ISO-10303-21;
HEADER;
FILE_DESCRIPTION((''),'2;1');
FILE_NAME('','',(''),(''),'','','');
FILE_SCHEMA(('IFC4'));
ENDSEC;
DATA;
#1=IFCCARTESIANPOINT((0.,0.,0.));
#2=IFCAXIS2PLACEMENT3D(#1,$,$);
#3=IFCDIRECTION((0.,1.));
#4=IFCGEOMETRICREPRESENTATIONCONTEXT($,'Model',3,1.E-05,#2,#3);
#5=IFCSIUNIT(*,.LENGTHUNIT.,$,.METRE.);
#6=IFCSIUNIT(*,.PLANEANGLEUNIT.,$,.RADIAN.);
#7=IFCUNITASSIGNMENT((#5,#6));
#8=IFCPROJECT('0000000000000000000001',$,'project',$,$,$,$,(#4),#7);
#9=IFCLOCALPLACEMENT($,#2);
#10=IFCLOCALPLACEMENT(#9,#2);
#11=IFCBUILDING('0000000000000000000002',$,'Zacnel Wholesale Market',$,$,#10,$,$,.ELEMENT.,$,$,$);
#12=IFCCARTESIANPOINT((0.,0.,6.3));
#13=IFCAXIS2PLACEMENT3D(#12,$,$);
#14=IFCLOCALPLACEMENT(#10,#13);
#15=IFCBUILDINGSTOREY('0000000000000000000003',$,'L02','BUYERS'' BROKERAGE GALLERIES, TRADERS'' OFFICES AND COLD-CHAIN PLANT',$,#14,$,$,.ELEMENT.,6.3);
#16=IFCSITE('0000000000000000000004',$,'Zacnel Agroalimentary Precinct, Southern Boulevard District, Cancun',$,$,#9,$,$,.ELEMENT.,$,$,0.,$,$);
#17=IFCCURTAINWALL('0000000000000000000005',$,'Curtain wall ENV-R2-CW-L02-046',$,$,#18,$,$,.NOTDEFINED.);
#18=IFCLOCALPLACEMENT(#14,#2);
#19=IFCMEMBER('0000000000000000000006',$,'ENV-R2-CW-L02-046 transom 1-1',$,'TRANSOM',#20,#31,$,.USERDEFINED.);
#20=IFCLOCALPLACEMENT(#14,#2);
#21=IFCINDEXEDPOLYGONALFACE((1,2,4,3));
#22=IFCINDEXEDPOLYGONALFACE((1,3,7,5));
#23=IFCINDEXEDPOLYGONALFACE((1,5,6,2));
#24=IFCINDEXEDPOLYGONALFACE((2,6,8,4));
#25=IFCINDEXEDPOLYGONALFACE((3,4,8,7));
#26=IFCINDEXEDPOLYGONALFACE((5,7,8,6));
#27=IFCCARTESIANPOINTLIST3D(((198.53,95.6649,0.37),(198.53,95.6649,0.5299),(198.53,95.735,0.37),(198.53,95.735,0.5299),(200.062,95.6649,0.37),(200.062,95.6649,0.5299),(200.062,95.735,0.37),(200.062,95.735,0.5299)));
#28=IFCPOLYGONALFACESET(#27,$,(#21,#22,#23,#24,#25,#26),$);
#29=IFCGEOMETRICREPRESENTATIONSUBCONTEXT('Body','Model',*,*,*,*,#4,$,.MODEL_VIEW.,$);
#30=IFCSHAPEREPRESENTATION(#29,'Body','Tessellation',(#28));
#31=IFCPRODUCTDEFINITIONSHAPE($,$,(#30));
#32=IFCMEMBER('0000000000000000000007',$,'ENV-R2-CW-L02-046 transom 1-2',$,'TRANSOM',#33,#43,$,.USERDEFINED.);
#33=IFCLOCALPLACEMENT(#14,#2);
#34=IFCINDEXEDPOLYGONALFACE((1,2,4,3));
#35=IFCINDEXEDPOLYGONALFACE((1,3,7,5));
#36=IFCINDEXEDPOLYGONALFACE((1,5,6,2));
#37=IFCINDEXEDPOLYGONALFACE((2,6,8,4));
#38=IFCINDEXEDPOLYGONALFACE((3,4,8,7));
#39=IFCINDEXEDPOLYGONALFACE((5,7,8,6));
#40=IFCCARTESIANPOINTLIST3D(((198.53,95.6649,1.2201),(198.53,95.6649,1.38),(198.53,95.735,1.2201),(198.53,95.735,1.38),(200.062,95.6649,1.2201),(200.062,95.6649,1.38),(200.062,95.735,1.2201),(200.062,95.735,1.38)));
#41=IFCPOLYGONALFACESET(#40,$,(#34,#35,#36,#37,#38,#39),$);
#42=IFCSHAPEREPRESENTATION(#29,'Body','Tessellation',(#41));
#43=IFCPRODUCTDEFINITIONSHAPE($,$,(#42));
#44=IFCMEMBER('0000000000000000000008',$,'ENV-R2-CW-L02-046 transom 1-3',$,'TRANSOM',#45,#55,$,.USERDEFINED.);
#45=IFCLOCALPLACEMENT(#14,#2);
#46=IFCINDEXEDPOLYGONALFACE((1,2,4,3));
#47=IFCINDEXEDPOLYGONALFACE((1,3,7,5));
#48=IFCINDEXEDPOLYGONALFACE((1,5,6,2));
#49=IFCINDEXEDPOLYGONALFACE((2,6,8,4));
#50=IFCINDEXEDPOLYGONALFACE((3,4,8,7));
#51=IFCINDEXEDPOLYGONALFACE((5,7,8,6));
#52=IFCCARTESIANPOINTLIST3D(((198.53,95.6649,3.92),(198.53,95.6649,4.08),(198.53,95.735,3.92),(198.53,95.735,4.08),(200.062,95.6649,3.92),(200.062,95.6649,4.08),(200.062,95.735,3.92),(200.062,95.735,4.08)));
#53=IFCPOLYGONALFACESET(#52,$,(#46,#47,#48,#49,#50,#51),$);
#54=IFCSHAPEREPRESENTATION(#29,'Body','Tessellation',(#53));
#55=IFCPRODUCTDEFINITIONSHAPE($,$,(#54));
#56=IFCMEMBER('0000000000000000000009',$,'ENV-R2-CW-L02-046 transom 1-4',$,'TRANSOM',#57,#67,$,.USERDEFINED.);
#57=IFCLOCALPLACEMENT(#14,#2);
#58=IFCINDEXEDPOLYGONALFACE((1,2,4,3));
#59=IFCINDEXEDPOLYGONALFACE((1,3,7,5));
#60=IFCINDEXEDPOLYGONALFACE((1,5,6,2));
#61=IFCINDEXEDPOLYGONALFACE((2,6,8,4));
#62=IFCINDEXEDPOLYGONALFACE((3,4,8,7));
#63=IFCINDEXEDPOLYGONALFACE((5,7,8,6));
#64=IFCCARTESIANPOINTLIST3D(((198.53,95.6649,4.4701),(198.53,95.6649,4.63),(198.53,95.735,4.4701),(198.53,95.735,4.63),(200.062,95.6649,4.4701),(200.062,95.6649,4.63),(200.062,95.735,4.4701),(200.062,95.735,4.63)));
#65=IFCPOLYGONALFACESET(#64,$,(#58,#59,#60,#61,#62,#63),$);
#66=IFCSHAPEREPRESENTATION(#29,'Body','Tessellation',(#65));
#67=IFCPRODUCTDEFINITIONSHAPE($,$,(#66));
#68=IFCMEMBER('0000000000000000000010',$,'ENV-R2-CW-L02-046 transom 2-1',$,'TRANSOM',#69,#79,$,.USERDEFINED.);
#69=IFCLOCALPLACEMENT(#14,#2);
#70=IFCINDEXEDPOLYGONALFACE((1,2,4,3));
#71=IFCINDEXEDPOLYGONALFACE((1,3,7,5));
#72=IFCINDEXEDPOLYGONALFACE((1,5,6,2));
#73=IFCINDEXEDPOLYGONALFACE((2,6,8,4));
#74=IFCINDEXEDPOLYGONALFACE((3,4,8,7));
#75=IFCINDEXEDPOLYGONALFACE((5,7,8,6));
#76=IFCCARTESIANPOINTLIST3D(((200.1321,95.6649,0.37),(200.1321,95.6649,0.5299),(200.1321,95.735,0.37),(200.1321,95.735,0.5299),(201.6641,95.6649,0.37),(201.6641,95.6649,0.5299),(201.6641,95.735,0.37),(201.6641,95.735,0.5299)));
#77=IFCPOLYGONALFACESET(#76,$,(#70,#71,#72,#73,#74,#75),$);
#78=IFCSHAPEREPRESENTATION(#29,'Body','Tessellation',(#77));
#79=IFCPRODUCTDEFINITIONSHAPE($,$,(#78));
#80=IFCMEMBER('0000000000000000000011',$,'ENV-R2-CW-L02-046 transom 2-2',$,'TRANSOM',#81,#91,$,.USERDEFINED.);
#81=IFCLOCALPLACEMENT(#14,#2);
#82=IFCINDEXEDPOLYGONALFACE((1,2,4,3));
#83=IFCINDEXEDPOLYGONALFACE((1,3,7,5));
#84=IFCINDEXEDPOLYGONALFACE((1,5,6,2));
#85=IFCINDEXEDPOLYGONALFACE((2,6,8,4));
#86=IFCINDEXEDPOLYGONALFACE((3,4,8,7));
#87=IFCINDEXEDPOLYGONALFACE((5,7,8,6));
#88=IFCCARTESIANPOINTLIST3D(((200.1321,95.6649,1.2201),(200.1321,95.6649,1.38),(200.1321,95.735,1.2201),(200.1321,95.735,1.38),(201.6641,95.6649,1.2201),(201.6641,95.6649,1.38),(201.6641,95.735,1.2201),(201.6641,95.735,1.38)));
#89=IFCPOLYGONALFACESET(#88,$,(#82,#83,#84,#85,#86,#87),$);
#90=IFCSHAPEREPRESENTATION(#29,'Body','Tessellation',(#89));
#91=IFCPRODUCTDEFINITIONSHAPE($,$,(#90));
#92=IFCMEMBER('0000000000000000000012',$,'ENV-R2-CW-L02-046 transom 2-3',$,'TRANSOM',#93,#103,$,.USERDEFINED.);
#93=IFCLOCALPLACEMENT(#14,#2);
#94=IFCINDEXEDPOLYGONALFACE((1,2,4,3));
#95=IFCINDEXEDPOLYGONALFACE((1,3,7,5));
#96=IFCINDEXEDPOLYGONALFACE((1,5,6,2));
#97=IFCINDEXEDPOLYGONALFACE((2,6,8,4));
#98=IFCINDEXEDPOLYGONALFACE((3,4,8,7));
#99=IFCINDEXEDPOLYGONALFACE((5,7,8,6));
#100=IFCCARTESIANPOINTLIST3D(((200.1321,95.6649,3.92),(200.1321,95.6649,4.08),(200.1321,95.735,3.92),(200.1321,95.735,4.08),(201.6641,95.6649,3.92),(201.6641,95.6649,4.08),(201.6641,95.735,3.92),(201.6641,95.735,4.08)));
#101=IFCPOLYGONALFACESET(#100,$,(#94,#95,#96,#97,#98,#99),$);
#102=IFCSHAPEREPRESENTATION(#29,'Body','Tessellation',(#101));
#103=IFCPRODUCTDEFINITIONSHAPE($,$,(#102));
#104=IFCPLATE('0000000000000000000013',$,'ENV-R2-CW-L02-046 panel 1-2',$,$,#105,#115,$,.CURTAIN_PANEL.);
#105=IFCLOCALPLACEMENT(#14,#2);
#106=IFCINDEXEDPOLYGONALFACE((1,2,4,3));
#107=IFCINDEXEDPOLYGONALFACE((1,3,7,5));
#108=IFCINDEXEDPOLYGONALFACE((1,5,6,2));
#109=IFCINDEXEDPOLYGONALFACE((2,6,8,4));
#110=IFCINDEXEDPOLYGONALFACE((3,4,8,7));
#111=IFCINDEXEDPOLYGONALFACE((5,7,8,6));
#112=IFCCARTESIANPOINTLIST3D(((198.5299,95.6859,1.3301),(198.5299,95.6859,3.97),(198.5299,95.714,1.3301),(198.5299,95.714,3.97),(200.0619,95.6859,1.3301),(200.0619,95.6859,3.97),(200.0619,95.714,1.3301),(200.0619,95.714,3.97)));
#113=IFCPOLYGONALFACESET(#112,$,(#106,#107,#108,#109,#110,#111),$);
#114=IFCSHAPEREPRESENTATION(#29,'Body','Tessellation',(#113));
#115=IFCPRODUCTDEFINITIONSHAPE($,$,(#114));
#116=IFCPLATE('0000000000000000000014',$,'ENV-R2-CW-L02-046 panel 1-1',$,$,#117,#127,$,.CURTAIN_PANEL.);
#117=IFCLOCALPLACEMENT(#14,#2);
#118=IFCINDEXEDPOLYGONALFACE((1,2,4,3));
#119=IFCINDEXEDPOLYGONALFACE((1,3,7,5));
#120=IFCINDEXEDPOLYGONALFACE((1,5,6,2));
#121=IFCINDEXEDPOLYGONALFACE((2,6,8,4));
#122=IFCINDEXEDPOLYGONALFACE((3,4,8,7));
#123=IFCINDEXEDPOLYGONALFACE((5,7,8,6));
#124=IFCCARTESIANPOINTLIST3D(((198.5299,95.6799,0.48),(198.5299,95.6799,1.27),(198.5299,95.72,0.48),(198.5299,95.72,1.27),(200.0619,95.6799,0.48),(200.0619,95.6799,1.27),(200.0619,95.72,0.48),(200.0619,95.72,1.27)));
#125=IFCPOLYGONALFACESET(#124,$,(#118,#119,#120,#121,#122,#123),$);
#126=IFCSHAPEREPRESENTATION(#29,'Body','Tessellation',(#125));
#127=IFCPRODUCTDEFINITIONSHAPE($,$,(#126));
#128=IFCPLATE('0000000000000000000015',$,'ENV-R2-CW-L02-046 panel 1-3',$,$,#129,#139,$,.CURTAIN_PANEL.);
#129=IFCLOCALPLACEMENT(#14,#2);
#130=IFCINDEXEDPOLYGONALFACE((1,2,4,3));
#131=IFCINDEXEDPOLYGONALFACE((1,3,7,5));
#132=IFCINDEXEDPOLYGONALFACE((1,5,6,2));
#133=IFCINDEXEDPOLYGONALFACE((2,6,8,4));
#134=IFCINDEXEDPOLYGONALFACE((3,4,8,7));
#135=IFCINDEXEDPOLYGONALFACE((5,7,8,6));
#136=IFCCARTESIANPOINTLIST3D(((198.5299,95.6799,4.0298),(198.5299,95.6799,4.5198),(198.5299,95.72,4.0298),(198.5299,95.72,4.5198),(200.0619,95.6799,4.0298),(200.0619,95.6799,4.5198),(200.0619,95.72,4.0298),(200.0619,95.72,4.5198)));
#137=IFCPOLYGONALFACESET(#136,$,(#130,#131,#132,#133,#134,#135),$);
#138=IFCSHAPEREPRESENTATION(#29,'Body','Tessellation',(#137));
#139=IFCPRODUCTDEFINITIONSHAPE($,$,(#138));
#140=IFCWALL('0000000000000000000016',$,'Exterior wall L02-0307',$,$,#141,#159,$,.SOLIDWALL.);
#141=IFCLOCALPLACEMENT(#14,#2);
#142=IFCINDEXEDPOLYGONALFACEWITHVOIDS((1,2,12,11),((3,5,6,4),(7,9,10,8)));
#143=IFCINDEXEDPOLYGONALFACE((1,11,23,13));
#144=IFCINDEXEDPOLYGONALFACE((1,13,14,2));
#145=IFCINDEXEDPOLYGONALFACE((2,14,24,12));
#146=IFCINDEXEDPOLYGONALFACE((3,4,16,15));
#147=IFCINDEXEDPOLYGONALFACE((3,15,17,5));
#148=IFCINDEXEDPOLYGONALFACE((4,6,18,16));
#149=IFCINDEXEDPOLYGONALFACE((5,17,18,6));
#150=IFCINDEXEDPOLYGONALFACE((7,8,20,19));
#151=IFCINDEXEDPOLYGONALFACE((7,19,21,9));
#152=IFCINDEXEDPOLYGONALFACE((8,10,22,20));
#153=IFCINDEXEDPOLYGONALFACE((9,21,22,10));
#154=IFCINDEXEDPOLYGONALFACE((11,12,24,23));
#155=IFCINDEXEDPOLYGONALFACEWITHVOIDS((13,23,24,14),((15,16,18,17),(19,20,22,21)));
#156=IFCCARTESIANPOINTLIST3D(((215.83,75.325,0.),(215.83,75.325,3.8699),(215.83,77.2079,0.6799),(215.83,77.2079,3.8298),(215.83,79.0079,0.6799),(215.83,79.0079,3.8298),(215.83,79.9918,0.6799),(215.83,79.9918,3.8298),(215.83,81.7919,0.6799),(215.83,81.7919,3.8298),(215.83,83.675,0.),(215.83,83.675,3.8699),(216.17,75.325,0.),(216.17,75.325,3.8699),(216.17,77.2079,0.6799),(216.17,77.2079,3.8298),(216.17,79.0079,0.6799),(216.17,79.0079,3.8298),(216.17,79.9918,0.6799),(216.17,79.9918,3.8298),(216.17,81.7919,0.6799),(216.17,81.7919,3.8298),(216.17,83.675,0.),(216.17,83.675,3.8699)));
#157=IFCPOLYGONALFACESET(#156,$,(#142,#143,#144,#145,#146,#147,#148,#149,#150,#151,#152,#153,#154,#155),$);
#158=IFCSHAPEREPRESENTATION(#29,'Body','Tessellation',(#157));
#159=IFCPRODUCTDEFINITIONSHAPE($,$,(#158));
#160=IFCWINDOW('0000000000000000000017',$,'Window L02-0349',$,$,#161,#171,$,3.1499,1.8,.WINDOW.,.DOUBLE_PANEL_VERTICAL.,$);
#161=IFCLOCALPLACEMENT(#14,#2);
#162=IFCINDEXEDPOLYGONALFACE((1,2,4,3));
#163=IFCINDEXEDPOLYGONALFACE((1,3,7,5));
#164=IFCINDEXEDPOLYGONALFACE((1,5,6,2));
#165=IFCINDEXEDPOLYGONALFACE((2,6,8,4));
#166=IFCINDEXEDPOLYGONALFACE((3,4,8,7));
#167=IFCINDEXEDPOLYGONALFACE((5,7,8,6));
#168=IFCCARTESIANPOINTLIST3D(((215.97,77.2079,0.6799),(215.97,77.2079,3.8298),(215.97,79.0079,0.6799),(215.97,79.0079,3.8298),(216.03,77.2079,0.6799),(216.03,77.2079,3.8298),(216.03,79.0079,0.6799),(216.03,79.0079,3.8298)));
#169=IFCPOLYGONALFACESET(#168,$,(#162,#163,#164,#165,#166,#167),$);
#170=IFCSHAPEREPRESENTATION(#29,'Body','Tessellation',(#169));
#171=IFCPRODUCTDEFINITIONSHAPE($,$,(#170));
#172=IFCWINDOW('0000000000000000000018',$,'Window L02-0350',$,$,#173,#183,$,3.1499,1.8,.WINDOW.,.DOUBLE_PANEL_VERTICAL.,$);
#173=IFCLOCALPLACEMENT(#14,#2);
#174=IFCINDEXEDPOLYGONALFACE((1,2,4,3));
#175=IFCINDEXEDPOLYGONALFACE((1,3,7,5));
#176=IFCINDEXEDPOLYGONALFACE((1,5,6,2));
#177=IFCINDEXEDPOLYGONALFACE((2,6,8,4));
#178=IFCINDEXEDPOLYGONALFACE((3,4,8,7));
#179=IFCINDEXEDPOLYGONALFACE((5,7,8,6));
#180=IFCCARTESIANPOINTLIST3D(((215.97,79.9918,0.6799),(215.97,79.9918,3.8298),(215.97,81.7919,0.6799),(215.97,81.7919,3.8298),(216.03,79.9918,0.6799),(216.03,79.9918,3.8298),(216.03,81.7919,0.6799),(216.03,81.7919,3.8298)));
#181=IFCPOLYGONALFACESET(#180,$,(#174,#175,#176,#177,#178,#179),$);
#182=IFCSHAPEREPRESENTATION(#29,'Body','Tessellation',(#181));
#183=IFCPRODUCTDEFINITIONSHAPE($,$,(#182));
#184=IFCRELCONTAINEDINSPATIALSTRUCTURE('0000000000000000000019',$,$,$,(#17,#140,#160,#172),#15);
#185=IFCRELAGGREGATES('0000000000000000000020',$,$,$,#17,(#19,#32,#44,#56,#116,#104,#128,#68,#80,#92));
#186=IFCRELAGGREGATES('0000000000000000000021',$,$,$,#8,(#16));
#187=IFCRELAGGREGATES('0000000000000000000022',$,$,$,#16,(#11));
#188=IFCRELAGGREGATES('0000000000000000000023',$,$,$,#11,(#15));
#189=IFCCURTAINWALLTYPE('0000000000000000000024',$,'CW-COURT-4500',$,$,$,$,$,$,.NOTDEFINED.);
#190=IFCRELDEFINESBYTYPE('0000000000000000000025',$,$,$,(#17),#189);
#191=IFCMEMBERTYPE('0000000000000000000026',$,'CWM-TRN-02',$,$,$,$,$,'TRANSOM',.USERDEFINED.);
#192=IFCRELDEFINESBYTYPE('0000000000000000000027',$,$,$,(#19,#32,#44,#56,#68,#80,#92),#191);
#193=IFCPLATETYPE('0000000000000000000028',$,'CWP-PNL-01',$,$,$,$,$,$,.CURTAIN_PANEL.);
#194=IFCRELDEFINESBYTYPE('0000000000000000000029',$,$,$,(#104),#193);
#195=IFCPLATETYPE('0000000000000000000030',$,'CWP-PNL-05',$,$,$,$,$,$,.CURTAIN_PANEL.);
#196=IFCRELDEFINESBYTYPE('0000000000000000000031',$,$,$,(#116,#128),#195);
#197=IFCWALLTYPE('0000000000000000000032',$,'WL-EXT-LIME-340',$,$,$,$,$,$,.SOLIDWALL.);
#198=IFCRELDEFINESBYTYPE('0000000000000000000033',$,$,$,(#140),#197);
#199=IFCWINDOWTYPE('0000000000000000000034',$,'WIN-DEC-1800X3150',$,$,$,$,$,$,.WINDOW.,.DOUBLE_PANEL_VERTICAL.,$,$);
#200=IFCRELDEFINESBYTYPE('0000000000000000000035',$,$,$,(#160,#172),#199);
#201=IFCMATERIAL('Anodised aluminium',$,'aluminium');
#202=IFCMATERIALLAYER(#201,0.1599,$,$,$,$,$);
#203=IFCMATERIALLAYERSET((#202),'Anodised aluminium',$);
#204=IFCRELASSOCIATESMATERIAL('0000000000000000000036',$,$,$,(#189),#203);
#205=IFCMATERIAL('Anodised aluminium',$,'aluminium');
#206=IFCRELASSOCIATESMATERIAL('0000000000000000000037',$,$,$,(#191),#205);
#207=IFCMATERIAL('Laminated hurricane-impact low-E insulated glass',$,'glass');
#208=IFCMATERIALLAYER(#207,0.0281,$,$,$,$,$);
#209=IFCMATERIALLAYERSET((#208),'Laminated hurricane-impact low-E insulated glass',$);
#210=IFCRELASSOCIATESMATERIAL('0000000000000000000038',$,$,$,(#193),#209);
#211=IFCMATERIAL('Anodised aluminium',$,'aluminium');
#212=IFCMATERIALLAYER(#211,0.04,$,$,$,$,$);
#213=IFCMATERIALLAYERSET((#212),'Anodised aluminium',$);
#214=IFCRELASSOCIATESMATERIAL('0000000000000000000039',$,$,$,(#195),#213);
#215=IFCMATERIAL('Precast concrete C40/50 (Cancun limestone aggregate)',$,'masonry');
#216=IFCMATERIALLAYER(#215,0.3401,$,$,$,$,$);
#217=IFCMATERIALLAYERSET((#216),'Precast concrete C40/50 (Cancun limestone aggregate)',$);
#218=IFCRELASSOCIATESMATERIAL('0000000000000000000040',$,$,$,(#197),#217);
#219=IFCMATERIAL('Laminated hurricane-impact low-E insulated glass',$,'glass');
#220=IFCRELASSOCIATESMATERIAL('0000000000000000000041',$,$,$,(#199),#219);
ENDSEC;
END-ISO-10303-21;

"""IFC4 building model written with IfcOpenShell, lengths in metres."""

from ifc_helpers import new_model, si_unit, direction, frame, frame_2d, origin, origin_2d, place, context, subcontext, project, spatial, rectangle, extrude, material, layer, layer_set, material_profile, profile_set, type_object, element, fill, aggregate, save


model = new_model("IFC4")

# Units and contexts
model_context = context("Model", 3, precision=1e-05, world=origin(), true_north=direction((0.0, 1.0)))
body_context = subcontext(model_context, "Body", "Model", "MODEL_VIEW")
ifc_project = project(units=[si_unit("LENGTHUNIT", "METRE"), si_unit("PLANEANGLEUNIT", "RADIAN")], contexts=[model_context])

# Site, building, storey
site_placement = place(None, origin())
site = spatial("IfcSite", under=ifc_project, at=site_placement, Name="Zacnel Agroalimentary Precinct, Southern Boulevard District, Cancun", CompositionType="ELEMENT", RefElevation=0.0)
building_placement = place(site_placement, origin())
building = spatial("IfcBuilding", under=site, at=building_placement, Name="Zacnel Wholesale Market", CompositionType="ELEMENT")
storey_placement = place(building_placement, frame((0.0, 0.0, 6.3)))
storey = spatial("IfcBuildingStorey", under=building, at=storey_placement, Name="L02", Description="BUYERS' BROKERAGE GALLERIES, TRADERS' OFFICES AND COLD-CHAIN PLANT", CompositionType="ELEMENT", Elevation=6.3)

# Curtain wall, members, plates
ifc_material_1 = material(Name="Anodised aluminium", Category="aluminium")
ifc_layer_1 = layer(ifc_material_1, 0.1599)
ifc_layer_set_1 = layer_set([ifc_layer_1], Name="Anodised aluminium")
curtain_wall_type = type_object("IfcCurtainWallType", Name="CW-COURT-4500", PredefinedType="NOTDEFINED", material=ifc_layer_set_1)
curtain_wall_placement = place(storey_placement, origin())
curtain_wall = element("IfcCurtainWall", 1, at=curtain_wall_placement, inside=storey, type_object=curtain_wall_type, Name="Curtain wall ENV-R2-CW-L02-046", PredefinedType="NOTDEFINED")
ifc_material_2 = material(Name="Anodised aluminium", Category="aluminium")
ifc_material_profile_1 = material_profile(ifc_material_2, rectangle(XDim=0.0701, YDim=0.1599, at=origin_2d()), Name="AW-TRANSOM 70x160")
ifc_profile_set_1 = profile_set([ifc_material_profile_1], Name="Anodised aluminium")
member_type_1 = type_object("IfcMemberType", Name="CWM-TRN-02", ElementType="TRANSOM", PredefinedType="USERDEFINED", material=ifc_profile_set_1)
member_1_placement = place(storey_placement, frame((198.53, 95.7, 0.45), z_axis=(1.0, 0.0, 0.0), x_axis=(0.0, 1.0, 0.0)))
member_1 = element("IfcMember", 2, at=member_1_placement, type_object=member_type_1, Name="ENV-R2-CW-L02-046 transom 1-1", ObjectType="TRANSOM", PredefinedType="USERDEFINED", context=body_context, shape_type="SweptSolid", body=[
    extrude(rectangle(XDim=0.0701, YDim=0.1599, at=origin_2d()), origin(), (0.0, 0.0, 1.0), 1.532),
])
member_2_placement = place(storey_placement, frame((198.53, 95.7, 1.3), z_axis=(1.0, 0.0, 0.0), x_axis=(0.0, 1.0, 0.0)))
member_2 = element("IfcMember", 3, at=member_2_placement, type_object=member_type_1, Name="ENV-R2-CW-L02-046 transom 1-2", ObjectType="TRANSOM", PredefinedType="USERDEFINED", context=body_context, shape_type="SweptSolid", body=[
    extrude(rectangle(XDim=0.0701, YDim=0.1599, at=origin_2d()), origin(), (0.0, 0.0, 1.0), 1.532),
])
member_3_placement = place(storey_placement, frame((198.53, 95.7, 4.0), z_axis=(1.0, 0.0, 0.0), x_axis=(0.0, 1.0, 0.0)))
member_3 = element("IfcMember", 4, at=member_3_placement, type_object=member_type_1, Name="ENV-R2-CW-L02-046 transom 1-3", ObjectType="TRANSOM", PredefinedType="USERDEFINED", context=body_context, shape_type="SweptSolid", body=[
    extrude(rectangle(XDim=0.0701, YDim=0.1599, at=origin_2d()), origin(), (0.0, 0.0, 1.0), 1.532),
])
member_4_placement = place(storey_placement, frame((198.53, 95.7, 4.55), z_axis=(1.0, 0.0, 0.0), x_axis=(0.0, 1.0, 0.0)))
member_4 = element("IfcMember", 5, at=member_4_placement, type_object=member_type_1, Name="ENV-R2-CW-L02-046 transom 1-4", ObjectType="TRANSOM", PredefinedType="USERDEFINED", context=body_context, shape_type="SweptSolid", body=[
    extrude(rectangle(XDim=0.0701, YDim=0.1599, at=origin_2d()), origin(), (0.0, 0.0, 1.0), 1.532),
])
member_5_placement = place(storey_placement, frame((200.1321, 95.7, 0.45), z_axis=(1.0, 0.0, 0.0), x_axis=(0.0, 1.0, 0.0)))
member_5 = element("IfcMember", 6, at=member_5_placement, type_object=member_type_1, Name="ENV-R2-CW-L02-046 transom 2-1", ObjectType="TRANSOM", PredefinedType="USERDEFINED", context=body_context, shape_type="SweptSolid", body=[
    extrude(rectangle(XDim=0.0701, YDim=0.1599, at=origin_2d()), origin(), (0.0, 0.0, 1.0), 1.532),
])
member_6_placement = place(storey_placement, frame((200.1321, 95.7, 1.3), z_axis=(1.0, 0.0, 0.0), x_axis=(0.0, 1.0, 0.0)))
member_6 = element("IfcMember", 7, at=member_6_placement, type_object=member_type_1, Name="ENV-R2-CW-L02-046 transom 2-2", ObjectType="TRANSOM", PredefinedType="USERDEFINED", context=body_context, shape_type="SweptSolid", body=[
    extrude(rectangle(XDim=0.0701, YDim=0.1599, at=origin_2d()), origin(), (0.0, 0.0, 1.0), 1.532),
])
member_7_placement = place(storey_placement, frame((200.1321, 95.7, 4.0), z_axis=(1.0, 0.0, 0.0), x_axis=(0.0, 1.0, 0.0)))
member_7 = element("IfcMember", 8, at=member_7_placement, type_object=member_type_1, Name="ENV-R2-CW-L02-046 transom 2-3", ObjectType="TRANSOM", PredefinedType="USERDEFINED", context=body_context, shape_type="SweptSolid", body=[
    extrude(rectangle(XDim=0.0701, YDim=0.1599, at=origin_2d()), origin(), (0.0, 0.0, 1.0), 1.532),
])
ifc_material_3 = material(Name="Laminated hurricane-impact low-E insulated glass", Category="glass")
ifc_layer_2 = layer(ifc_material_3, 0.0281)
ifc_layer_set_2 = layer_set([ifc_layer_2], Name="Laminated hurricane-impact low-E insulated glass")
plate_type_1 = type_object("IfcPlateType", Name="CWP-PNL-01", PredefinedType="CURTAIN_PANEL", material=ifc_layer_set_2)
plate_1_placement = place(storey_placement, frame((199.2959, 95.7, 1.3301), z_axis=(0.0, 0.0, 1.0), x_axis=(1.0, 0.0, 0.0)))
plate_1 = element("IfcPlate", 9, at=plate_1_placement, type_object=plate_type_1, Name="ENV-R2-CW-L02-046 panel 1-2", PredefinedType="CURTAIN_PANEL", context=body_context, shape_type="SweptSolid", body=[
    extrude(rectangle(XDim=1.532, YDim=0.0281, at=origin_2d()), origin(), (0.0, 0.0, 1.0), 2.6399),
])
ifc_material_4 = material(Name="Anodised aluminium", Category="aluminium")
ifc_layer_3 = layer(ifc_material_4, 0.04)
ifc_layer_set_3 = layer_set([ifc_layer_3], Name="Anodised aluminium")
plate_type_2 = type_object("IfcPlateType", Name="CWP-PNL-05", PredefinedType="CURTAIN_PANEL", material=ifc_layer_set_3)
plate_2_placement = place(storey_placement, frame((199.2959, 95.7, 0.48), z_axis=(0.0, 0.0, 1.0), x_axis=(1.0, 0.0, 0.0)))
plate_2 = element("IfcPlate", 10, at=plate_2_placement, type_object=plate_type_2, Name="ENV-R2-CW-L02-046 panel 1-1", PredefinedType="CURTAIN_PANEL", context=body_context, shape_type="SweptSolid", body=[
    extrude(rectangle(XDim=1.532, YDim=0.04, at=origin_2d()), origin(), (0.0, 0.0, 1.0), 0.79),
])
plate_3_placement = place(storey_placement, frame((199.2959, 95.7, 4.0298), z_axis=(0.0, 0.0, 1.0), x_axis=(1.0, 0.0, 0.0)))
plate_3 = element("IfcPlate", 11, at=plate_3_placement, type_object=plate_type_2, Name="ENV-R2-CW-L02-046 panel 1-3", PredefinedType="CURTAIN_PANEL", context=body_context, shape_type="SweptSolid", body=[
    extrude(rectangle(XDim=1.532, YDim=0.04, at=origin_2d()), origin(), (0.0, 0.0, 1.0), 0.49),
])
aggregate(curtain_wall, [member_1, member_2, member_3, member_4, plate_2, plate_1, plate_3, member_5, member_6, member_7])

# Wall, openings, windows
ifc_material_5 = material(Name="Precast concrete C40/50 (Cancun limestone aggregate)", Category="masonry")
ifc_layer_4 = layer(ifc_material_5, 0.3401)
ifc_layer_set_4 = layer_set([ifc_layer_4], Name="Precast concrete C40/50 (Cancun limestone aggregate)")
wall_type = type_object("IfcWallType", Name="WL-EXT-LIME-340", PredefinedType="SOLIDWALL", material=ifc_layer_set_4)
wall_1_placement = place(storey_placement, frame((216.0, 75.325, 0.0), z_axis=(0.0, 0.0, 1.0), x_axis=(0.0, 1.0, 0.0)))
wall_1 = element("IfcWall", 12, at=wall_1_placement, inside=storey, type_object=wall_type, Name="Exterior wall L02-0307", PredefinedType="SOLIDWALL", context=body_context, shape_type="SweptSolid", body=[
    extrude(rectangle(XDim=8.3501, YDim=0.3401, at=frame_2d((4.175, 0.0))), origin(), (0.0, 0.0, 1.0), 3.8699),
])
opening_1_placement = place(wall_1_placement, frame((1.8831, 0.0, 0.6799)))
opening_1 = element("IfcOpeningElement", 13, at=opening_1_placement, cuts=wall_1, PredefinedType="OPENING", context=body_context, shape_type="SweptSolid", body=[
    extrude(rectangle(XDim=1.8, YDim=3.1499, at=frame_2d((0.8999, 1.575))), frame((0.0, 0.1799, 0.0), z_axis=(0.0, -1.0, 0.0), x_axis=(1.0, 0.0, 0.0)), (0.0, 0.0, 1.0), 0.3601),
])
opening_2_placement = place(wall_1_placement, frame((4.667, 0.0, 0.6799)))
opening_2 = element("IfcOpeningElement", 14, at=opening_2_placement, cuts=wall_1, PredefinedType="OPENING", context=body_context, shape_type="SweptSolid", body=[
    extrude(rectangle(XDim=1.8, YDim=3.1499, at=frame_2d((0.8999, 1.575))), frame((0.0, 0.1799, 0.0), z_axis=(0.0, -1.0, 0.0), x_axis=(1.0, 0.0, 0.0)), (0.0, 0.0, 1.0), 0.3601),
])
ifc_material_6 = material(Name="Laminated hurricane-impact low-E insulated glass", Category="glass")
window_type_1 = type_object("IfcWindowType", Name="WIN-DEC-1800X3150", PartitioningType="DOUBLE_PANEL_VERTICAL", PredefinedType="WINDOW", material=ifc_material_6)
window_1_placement = place(opening_1_placement, origin())
window_1 = element("IfcWindow", 15, at=window_1_placement, inside=storey, type_object=window_type_1, Name="Window L02-0349", OverallHeight=3.1499, OverallWidth=1.8, PartitioningType="DOUBLE_PANEL_VERTICAL", PredefinedType="WINDOW", context=body_context, shape_type="SweptSolid", body=[
    extrude(rectangle(XDim=1.8, YDim=3.1499, at=frame_2d((0.8999, 1.575))), frame((0.0, 0.03, 0.0), z_axis=(0.0, -1.0, 0.0), x_axis=(1.0, 0.0, 0.0)), (0.0, 0.0, 1.0), 0.0601),
])
fill(opening_1, window_1)
window_2_placement = place(opening_2_placement, origin())
window_2 = element("IfcWindow", 16, at=window_2_placement, inside=storey, type_object=window_type_1, Name="Window L02-0350", OverallHeight=3.1499, OverallWidth=1.8, PartitioningType="DOUBLE_PANEL_VERTICAL", PredefinedType="WINDOW", context=body_context, shape_type="SweptSolid", body=[
    extrude(rectangle(XDim=1.8, YDim=3.1499, at=frame_2d((0.8999, 1.575))), frame((0.0, 0.03, 0.0), z_axis=(0.0, -1.0, 0.0), x_axis=(1.0, 0.0, 0.0)), (0.0, 0.0, 1.0), 0.0601),
])
fill(opening_2, window_2)

save(model, "model.ifc")
